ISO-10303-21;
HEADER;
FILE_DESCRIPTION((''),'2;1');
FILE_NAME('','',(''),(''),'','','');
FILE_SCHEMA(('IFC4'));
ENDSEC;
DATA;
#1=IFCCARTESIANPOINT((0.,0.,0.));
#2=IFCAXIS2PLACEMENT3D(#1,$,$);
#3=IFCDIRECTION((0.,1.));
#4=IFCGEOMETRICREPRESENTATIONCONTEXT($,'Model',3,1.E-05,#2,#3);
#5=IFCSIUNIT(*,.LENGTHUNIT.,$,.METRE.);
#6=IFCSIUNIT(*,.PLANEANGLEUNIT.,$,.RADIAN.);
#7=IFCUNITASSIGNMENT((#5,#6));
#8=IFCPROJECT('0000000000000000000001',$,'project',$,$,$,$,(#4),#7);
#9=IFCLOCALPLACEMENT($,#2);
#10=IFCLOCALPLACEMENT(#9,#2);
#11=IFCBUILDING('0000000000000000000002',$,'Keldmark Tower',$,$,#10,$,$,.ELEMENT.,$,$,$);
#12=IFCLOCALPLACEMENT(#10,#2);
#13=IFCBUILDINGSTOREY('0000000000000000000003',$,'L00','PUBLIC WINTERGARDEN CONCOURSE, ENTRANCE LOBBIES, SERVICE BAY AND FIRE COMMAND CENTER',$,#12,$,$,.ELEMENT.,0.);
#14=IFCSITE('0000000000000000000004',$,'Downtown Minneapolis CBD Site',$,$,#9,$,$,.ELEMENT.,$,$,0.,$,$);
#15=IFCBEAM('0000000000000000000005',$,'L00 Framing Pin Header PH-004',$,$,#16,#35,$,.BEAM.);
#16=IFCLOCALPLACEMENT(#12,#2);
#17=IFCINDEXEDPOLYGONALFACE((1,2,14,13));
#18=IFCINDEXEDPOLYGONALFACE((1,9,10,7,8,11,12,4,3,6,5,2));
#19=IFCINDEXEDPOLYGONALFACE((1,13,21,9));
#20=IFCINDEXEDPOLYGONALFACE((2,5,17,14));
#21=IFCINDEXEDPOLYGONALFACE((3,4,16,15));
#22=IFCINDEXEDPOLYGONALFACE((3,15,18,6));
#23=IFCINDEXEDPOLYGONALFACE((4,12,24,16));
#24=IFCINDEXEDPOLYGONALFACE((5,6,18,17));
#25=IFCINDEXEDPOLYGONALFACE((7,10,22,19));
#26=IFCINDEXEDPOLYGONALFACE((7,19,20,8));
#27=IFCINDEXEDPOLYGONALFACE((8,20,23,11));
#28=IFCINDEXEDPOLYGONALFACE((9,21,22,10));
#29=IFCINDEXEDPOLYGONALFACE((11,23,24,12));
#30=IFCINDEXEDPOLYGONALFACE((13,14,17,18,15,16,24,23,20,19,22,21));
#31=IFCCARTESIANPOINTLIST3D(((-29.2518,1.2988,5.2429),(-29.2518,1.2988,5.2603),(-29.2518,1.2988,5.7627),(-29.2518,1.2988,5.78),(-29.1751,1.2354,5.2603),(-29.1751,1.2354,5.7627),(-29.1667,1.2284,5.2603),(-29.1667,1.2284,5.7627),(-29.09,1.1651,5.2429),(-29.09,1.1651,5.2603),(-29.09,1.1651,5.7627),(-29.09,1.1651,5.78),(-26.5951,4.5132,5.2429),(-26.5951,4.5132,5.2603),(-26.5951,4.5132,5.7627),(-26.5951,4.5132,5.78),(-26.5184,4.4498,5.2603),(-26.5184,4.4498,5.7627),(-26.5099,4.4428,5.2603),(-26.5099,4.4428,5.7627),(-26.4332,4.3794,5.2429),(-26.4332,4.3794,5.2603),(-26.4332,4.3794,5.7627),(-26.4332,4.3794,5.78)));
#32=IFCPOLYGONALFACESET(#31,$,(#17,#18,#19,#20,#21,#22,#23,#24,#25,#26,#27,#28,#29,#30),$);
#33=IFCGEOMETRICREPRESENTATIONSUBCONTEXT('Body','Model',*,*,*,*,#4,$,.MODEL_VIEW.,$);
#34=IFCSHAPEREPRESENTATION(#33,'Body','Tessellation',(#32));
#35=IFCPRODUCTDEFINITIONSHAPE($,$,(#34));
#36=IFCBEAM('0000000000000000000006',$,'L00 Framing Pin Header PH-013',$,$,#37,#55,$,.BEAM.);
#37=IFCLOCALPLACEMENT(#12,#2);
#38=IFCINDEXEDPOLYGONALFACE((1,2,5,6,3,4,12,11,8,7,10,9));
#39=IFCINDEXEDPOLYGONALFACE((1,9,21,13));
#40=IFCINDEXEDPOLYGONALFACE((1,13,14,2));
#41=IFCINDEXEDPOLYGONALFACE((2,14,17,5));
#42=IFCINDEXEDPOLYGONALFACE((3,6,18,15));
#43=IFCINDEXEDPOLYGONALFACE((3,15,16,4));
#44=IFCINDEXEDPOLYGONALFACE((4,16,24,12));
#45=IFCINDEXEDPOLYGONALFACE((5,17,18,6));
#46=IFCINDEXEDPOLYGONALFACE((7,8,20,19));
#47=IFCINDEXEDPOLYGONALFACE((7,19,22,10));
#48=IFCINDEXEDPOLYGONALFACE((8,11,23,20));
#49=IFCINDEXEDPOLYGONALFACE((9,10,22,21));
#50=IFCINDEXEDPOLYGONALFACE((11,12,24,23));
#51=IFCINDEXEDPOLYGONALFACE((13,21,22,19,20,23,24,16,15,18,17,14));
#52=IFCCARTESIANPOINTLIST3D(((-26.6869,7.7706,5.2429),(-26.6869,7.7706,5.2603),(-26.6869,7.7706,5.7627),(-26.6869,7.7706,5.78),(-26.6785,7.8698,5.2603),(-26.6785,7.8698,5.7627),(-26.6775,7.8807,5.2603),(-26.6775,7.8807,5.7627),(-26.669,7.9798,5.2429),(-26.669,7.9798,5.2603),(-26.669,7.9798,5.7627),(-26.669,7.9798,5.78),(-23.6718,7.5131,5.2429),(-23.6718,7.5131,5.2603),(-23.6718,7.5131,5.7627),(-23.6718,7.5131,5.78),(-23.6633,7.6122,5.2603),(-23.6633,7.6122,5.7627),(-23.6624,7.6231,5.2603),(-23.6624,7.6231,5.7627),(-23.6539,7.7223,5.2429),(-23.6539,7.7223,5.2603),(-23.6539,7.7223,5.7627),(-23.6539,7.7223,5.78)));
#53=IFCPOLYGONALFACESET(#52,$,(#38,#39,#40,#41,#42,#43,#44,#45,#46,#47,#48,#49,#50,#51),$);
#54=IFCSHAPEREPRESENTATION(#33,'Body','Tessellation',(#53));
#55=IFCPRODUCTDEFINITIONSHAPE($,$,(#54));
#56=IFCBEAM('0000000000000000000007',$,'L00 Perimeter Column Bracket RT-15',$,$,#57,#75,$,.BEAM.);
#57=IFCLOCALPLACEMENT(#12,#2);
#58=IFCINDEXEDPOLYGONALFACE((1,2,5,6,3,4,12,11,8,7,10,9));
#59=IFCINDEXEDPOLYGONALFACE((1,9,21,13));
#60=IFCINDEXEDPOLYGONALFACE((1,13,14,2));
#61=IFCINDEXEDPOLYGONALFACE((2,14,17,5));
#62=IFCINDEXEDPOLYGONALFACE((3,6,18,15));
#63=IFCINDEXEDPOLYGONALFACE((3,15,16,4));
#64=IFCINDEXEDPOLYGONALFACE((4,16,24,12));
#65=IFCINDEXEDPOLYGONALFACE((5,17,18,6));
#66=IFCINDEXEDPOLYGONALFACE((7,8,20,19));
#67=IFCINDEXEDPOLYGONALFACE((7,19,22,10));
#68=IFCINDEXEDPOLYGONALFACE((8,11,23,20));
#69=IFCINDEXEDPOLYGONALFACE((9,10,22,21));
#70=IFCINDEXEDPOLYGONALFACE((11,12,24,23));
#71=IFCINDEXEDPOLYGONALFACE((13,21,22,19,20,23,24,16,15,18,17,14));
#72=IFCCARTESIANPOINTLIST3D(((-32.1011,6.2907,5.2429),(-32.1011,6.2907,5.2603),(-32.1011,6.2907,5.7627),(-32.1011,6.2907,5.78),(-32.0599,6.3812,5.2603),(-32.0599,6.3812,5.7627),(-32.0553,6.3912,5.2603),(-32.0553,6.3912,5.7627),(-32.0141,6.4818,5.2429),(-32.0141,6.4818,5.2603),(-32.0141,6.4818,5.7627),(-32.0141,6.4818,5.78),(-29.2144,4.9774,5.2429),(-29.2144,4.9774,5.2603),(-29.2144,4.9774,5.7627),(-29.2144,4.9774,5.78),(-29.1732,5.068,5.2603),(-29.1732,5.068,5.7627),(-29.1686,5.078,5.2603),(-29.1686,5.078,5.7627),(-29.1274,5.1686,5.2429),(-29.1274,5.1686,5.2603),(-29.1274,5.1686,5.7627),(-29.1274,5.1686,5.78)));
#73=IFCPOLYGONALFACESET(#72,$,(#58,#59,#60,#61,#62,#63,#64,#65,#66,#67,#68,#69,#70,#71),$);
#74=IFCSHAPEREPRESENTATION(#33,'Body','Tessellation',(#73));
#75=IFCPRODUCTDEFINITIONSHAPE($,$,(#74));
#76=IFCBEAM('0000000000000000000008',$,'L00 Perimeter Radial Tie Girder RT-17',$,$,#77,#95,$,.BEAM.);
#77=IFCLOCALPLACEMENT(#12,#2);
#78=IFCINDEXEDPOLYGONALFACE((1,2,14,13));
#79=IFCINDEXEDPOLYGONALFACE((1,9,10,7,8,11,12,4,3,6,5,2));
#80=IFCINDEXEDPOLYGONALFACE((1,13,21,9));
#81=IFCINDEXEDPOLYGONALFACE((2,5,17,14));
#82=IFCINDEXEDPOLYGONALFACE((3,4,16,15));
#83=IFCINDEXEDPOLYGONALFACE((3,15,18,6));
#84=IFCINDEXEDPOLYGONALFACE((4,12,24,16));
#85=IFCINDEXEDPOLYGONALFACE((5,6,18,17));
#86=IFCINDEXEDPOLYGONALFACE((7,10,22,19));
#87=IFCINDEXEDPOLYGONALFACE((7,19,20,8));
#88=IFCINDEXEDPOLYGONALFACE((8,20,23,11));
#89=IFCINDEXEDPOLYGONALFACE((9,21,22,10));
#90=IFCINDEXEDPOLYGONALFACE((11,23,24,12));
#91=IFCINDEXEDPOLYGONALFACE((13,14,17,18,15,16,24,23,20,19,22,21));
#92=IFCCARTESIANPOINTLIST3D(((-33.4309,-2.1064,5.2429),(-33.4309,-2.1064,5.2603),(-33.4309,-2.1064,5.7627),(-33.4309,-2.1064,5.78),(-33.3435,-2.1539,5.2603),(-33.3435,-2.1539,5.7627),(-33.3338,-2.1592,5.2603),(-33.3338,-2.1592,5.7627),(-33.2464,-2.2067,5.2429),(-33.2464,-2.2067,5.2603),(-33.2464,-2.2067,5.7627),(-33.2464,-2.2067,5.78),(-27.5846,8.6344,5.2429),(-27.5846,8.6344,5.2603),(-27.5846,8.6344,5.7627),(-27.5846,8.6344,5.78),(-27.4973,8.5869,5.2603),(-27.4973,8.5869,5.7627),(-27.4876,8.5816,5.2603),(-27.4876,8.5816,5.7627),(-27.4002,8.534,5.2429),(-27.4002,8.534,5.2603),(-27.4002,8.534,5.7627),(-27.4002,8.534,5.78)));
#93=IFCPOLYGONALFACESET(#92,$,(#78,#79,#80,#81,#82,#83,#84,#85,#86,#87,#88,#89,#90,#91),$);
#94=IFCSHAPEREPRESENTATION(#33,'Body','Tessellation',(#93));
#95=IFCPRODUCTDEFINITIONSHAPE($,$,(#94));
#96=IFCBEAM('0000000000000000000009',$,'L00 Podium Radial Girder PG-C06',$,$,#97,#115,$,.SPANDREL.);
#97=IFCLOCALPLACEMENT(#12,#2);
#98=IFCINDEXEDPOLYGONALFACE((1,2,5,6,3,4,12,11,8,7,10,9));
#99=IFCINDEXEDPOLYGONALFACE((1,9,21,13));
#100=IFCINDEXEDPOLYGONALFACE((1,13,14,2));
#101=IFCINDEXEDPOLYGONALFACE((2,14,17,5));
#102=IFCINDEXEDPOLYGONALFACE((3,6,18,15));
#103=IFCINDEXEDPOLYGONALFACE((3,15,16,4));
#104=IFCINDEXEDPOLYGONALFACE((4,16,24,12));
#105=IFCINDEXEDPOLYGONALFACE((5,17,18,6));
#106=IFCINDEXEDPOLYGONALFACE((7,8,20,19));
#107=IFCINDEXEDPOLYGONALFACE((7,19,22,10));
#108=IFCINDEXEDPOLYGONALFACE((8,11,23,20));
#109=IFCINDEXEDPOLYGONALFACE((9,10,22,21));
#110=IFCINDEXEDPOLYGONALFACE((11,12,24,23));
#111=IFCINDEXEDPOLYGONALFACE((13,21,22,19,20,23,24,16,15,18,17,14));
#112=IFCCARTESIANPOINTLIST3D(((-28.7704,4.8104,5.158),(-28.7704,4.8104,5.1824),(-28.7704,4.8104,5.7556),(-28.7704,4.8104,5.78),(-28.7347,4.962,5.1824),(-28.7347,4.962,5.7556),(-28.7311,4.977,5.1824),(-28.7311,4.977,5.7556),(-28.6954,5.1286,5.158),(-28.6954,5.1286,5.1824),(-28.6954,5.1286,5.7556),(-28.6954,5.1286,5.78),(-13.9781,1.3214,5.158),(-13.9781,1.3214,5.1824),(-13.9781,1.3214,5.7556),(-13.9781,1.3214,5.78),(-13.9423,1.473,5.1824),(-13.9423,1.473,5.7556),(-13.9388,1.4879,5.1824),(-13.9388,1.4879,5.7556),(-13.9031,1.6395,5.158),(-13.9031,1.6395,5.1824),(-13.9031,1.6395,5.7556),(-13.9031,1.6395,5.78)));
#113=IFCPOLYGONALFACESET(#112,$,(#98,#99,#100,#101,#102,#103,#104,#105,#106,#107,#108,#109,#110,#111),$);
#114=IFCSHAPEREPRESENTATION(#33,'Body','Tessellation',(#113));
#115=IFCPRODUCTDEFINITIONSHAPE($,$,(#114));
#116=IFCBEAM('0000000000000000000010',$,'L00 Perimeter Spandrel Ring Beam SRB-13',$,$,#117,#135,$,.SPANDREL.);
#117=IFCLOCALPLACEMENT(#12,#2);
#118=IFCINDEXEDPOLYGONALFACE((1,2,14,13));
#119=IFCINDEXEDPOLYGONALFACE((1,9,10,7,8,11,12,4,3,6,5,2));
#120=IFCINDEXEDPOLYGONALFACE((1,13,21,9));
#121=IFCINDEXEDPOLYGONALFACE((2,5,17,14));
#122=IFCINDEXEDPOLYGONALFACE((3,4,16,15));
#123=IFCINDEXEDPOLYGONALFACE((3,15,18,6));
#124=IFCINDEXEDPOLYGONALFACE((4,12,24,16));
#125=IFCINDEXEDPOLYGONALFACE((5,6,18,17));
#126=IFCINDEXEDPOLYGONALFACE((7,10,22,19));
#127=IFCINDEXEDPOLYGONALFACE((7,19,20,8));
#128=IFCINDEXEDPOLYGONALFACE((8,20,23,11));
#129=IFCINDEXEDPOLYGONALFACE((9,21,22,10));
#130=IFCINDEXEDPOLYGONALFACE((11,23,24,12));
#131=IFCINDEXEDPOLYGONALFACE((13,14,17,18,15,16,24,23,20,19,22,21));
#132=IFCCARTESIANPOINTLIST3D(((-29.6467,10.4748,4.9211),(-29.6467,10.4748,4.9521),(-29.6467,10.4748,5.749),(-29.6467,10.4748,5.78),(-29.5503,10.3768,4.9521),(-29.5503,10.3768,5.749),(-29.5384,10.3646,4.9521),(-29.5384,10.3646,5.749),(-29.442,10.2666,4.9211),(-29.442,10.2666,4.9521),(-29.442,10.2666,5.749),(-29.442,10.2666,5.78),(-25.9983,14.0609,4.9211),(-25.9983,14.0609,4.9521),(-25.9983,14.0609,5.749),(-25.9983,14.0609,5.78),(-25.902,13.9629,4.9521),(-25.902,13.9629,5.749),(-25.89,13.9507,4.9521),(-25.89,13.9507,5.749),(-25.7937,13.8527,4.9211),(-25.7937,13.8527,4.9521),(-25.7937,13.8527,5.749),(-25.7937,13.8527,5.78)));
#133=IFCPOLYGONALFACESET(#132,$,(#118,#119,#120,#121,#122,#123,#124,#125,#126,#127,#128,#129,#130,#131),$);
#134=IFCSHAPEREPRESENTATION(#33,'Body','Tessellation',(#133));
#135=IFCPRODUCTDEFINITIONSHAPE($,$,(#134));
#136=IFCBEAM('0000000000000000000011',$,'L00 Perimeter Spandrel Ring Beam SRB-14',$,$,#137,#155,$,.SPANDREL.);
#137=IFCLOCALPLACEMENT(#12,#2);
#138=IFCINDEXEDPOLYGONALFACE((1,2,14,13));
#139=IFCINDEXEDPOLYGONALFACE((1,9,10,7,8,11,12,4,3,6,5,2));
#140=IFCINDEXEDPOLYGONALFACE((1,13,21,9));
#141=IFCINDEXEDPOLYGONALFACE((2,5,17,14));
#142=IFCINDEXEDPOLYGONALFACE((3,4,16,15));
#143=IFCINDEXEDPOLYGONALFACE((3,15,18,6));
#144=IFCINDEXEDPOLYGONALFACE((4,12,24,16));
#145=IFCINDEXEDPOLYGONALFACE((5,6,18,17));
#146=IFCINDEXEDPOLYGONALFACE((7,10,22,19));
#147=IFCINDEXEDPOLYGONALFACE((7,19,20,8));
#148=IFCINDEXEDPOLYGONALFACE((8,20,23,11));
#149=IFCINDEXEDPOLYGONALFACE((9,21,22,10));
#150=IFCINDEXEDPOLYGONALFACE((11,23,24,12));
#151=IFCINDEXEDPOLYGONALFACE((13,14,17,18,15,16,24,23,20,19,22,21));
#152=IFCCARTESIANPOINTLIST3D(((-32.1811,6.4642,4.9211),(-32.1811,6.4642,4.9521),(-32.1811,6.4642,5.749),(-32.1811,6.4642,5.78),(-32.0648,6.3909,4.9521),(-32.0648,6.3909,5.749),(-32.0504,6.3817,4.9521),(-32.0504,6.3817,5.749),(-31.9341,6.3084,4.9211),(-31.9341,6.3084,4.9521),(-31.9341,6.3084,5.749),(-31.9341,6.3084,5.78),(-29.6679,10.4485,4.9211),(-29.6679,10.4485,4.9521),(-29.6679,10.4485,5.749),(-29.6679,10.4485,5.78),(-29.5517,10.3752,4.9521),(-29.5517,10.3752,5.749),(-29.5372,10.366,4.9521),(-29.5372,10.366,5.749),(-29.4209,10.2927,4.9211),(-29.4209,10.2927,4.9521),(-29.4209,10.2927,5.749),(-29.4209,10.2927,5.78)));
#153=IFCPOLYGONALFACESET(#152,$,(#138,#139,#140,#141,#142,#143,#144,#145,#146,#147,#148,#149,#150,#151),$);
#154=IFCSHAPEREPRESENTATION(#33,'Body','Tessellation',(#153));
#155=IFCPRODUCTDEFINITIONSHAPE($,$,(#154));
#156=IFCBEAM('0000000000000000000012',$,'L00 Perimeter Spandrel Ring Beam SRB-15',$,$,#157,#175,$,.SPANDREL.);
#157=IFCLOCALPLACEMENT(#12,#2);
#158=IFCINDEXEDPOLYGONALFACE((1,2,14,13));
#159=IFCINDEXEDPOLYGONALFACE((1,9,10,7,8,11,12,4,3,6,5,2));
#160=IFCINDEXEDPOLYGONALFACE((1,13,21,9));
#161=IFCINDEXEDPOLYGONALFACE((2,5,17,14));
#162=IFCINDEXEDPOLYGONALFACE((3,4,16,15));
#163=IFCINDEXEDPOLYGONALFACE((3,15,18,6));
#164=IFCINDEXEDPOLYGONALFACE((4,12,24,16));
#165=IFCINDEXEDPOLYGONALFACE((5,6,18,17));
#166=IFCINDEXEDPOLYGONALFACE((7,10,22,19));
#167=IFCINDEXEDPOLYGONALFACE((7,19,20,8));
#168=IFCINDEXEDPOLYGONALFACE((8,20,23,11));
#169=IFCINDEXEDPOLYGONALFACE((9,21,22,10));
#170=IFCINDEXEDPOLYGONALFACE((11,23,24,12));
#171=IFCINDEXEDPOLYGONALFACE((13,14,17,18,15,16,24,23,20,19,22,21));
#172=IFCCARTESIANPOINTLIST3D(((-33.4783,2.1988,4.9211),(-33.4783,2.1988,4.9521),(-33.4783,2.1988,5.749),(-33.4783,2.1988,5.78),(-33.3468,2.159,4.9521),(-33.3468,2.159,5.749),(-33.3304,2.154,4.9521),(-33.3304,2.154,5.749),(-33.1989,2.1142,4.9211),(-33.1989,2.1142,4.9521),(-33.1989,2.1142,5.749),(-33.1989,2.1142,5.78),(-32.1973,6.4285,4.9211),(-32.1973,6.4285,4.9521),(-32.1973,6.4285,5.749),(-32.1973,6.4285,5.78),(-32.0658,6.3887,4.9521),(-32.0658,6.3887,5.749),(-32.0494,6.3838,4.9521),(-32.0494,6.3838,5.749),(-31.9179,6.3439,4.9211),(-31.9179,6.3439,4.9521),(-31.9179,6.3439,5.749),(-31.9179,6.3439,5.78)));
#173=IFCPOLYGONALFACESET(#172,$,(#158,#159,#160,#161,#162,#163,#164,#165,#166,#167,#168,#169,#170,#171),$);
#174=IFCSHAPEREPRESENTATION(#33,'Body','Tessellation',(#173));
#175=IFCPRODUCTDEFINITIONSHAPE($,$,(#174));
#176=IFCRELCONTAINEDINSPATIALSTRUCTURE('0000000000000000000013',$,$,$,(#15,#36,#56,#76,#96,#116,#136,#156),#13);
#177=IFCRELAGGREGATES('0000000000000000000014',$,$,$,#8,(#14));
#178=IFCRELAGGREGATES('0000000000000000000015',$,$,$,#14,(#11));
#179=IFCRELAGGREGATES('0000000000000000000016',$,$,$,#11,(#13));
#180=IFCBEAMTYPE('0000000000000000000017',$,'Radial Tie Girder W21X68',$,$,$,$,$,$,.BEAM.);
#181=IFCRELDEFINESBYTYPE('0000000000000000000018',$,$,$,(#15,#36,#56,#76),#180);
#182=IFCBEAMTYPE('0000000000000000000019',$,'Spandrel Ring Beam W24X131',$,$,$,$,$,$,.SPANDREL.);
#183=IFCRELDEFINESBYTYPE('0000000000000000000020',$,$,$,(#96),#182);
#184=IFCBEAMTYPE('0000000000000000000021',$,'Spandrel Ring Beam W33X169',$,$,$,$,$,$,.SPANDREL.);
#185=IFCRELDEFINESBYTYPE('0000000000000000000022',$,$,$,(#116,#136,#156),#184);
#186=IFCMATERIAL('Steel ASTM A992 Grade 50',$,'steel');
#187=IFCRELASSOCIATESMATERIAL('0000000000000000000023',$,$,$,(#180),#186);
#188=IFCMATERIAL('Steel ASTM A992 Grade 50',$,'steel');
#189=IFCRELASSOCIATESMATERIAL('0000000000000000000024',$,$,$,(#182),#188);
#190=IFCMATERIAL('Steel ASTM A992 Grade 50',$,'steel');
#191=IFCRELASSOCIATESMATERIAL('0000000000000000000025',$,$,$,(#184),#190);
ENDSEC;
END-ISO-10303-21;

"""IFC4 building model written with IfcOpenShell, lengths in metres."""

from ifc_helpers import new_model, si_unit, direction, frame, origin, origin_2d, place, context, subcontext, project, spatial, i_section, extrude, material, material_profile, profile_set, type_object, element, save


model = new_model("IFC4")

# Units and contexts
model_context = context("Model", 3, precision=1e-05, world=origin(), true_north=direction((0.0, 1.0)))
body_context = subcontext(model_context, "Body", "Model", "MODEL_VIEW")
ifc_project = project(units=[si_unit("LENGTHUNIT", "METRE"), si_unit("PLANEANGLEUNIT", "RADIAN")], contexts=[model_context])

# Site, building, storey
site_placement = place(None, origin())
site = spatial("IfcSite", under=ifc_project, at=site_placement, Name="Downtown Minneapolis CBD Site", CompositionType="ELEMENT", RefElevation=0.0)
building_placement = place(site_placement, origin())
building = spatial("IfcBuilding", under=site, at=building_placement, Name="Keldmark Tower", CompositionType="ELEMENT")
storey_placement = place(building_placement, origin())
storey = spatial("IfcBuildingStorey", under=building, at=storey_placement, Name="L00", Description="PUBLIC WINTERGARDEN CONCOURSE, ENTRANCE LOBBIES, SERVICE BAY AND FIRE COMMAND CENTER", CompositionType="ELEMENT", Elevation=0.0)

# Beams
ifc_material_1 = material(Name="Steel ASTM A992 Grade 50", Category="steel")
ifc_material_profile_1 = material_profile(ifc_material_1, i_section(OverallWidth=0.21, OverallDepth=0.5371, WebThickness=0.011, FlangeThickness=0.0173, at=origin_2d()), Name="W21X68")
ifc_profile_set_1 = profile_set([ifc_material_profile_1], Name="Steel ASTM A992 Grade 50")
beam_type_1 = type_object("IfcBeamType", Name="Radial Tie Girder W21X68", PredefinedType="BEAM", material=ifc_profile_set_1)
beam_1_placement = place(storey_placement, frame((-26.5142, 4.4463, 5.5115), z_axis=(-0.637081, -0.770797, 0.0), x_axis=(0.770797, -0.637081, 0.0)))
element("IfcBeam", 1, at=beam_1_placement, inside=storey, type_object=beam_type_1, Name="L00 Framing Pin Header PH-004", PredefinedType="BEAM", context=body_context, shape_type="SweptSolid", body=[
    extrude(i_section(OverallWidth=0.21, OverallDepth=0.5371, WebThickness=0.011, FlangeThickness=0.0173, at=origin_2d()), origin(), (0.0, 0.0, 1.0), 4.1702),
])
beam_2_placement = place(storey_placement, frame((-23.6628, 7.6177, 5.5115), z_axis=(-0.996371, 0.085115, 0.0), x_axis=(-0.085115, -0.996371, 0.0)))
element("IfcBeam", 2, at=beam_2_placement, inside=storey, type_object=beam_type_1, Name="L00 Framing Pin Header PH-013", PredefinedType="BEAM", context=body_context, shape_type="SweptSolid", body=[
    extrude(i_section(OverallWidth=0.21, OverallDepth=0.5371, WebThickness=0.011, FlangeThickness=0.0173, at=origin_2d()), origin(), (0.0, 0.0, 1.0), 3.0261),
])
beam_3_placement = place(storey_placement, frame((-29.1709, 5.073, 5.5115), z_axis=(-0.910237, 0.414087, 0.0), x_axis=(-0.414087, -0.910237, 0.0)))
element("IfcBeam", 3, at=beam_3_placement, inside=storey, type_object=beam_type_1, Name="L00 Perimeter Column Bracket RT-15", PredefinedType="BEAM", context=body_context, shape_type="SweptSolid", body=[
    extrude(i_section(OverallWidth=0.21, OverallDepth=0.5371, WebThickness=0.011, FlangeThickness=0.0173, at=origin_2d()), origin(), (0.0, 0.0, 1.0), 3.1714),
])
beam_4_placement = place(storey_placement, frame((-27.4924, 8.5842, 5.5115), z_axis=(-0.478071, -0.878321, 0.0), x_axis=(0.878321, -0.478071, 0.0)))
element("IfcBeam", 4, at=beam_4_placement, inside=storey, type_object=beam_type_1, Name="L00 Perimeter Radial Tie Girder RT-17", PredefinedType="BEAM", context=body_context, shape_type="SweptSolid", body=[
    extrude(i_section(OverallWidth=0.21, OverallDepth=0.5371, WebThickness=0.011, FlangeThickness=0.0173, at=origin_2d()), origin(), (0.0, 0.0, 1.0), 12.2288),
])
ifc_material_2 = material(Name="Steel ASTM A992 Grade 50", Category="steel")
ifc_material_profile_2 = material_profile(ifc_material_2, i_section(OverallWidth=0.3269, OverallDepth=0.6221, WebThickness=0.0154, FlangeThickness=0.0244, at=origin_2d()), Name="W24X131")
ifc_profile_set_2 = profile_set([ifc_material_profile_2], Name="Steel ASTM A992 Grade 50")
beam_type_2 = type_object("IfcBeamType", Name="Spandrel Ring Beam W24X131", PredefinedType="SPANDREL", material=ifc_profile_set_2)
beam_5_placement = place(storey_placement, frame((-28.7329, 4.9695, 5.469), z_axis=(0.973293, -0.229568, 0.0), x_axis=(0.229568, 0.973293, 0.0)))
element("IfcBeam", 5, at=beam_5_placement, inside=storey, type_object=beam_type_2, Name="L00 Podium Radial Girder PG-C06", PredefinedType="SPANDREL", context=body_context, shape_type="SweptSolid", body=[
    extrude(i_section(OverallWidth=0.3269, OverallDepth=0.6221, WebThickness=0.0154, FlangeThickness=0.0244, at=origin_2d()), origin(), (0.0, 0.0, 1.0), 15.1982),
])
ifc_material_3 = material(Name="Steel ASTM A992 Grade 50", Category="steel")
ifc_material_profile_3 = material_profile(ifc_material_3, i_section(OverallWidth=0.292, OverallDepth=0.8589, WebThickness=0.0171, FlangeThickness=0.031, at=origin_2d()), Name="W33X169")
ifc_profile_set_3 = profile_set([ifc_material_profile_3], Name="Steel ASTM A992 Grade 50")
beam_type_3 = type_object("IfcBeamType", Name="Spandrel Ring Beam W33X169", PredefinedType="SPANDREL", material=ifc_profile_set_3)
beam_6_placement = place(storey_placement, frame((-25.896, 13.9568, 5.3506), z_axis=(-0.713165, -0.700996, 0.0), x_axis=(0.700996, -0.713165, 0.0)))
element("IfcBeam", 6, at=beam_6_placement, inside=storey, type_object=beam_type_3, Name="L00 Perimeter Spandrel Ring Beam SRB-13", PredefinedType="SPANDREL", context=body_context, shape_type="SweptSolid", body=[
    extrude(i_section(OverallWidth=0.292, OverallDepth=0.8589, WebThickness=0.0171, FlangeThickness=0.031, at=origin_2d()), origin(), (0.0, 0.0, 1.0), 5.1157),
])
beam_7_placement = place(storey_placement, frame((-29.5444, 10.3706, 5.3506), z_axis=(-0.533498, -0.845802, 0.0), x_axis=(0.845802, -0.533498, 0.0)))
element("IfcBeam", 7, at=beam_7_placement, inside=storey, type_object=beam_type_3, Name="L00 Perimeter Spandrel Ring Beam SRB-14", PredefinedType="SPANDREL", context=body_context, shape_type="SweptSolid", body=[
    extrude(i_section(OverallWidth=0.292, OverallDepth=0.8589, WebThickness=0.0171, FlangeThickness=0.031, at=origin_2d()), origin(), (0.0, 0.0, 1.0), 4.7107),
])
beam_8_placement = place(storey_placement, frame((-32.0576, 6.3862, 5.3506), z_axis=(-0.289856, -0.95707, 0.0), x_axis=(0.95707, -0.289856, 0.0)))
element("IfcBeam", 8, at=beam_8_placement, inside=storey, type_object=beam_type_3, Name="L00 Perimeter Spandrel Ring Beam SRB-15", PredefinedType="SPANDREL", context=body_context, shape_type="SweptSolid", body=[
    extrude(i_section(OverallWidth=0.292, OverallDepth=0.8589, WebThickness=0.0171, FlangeThickness=0.031, at=origin_2d()), origin(), (0.0, 0.0, 1.0), 4.4194),
])

save(model, "model.ifc")
